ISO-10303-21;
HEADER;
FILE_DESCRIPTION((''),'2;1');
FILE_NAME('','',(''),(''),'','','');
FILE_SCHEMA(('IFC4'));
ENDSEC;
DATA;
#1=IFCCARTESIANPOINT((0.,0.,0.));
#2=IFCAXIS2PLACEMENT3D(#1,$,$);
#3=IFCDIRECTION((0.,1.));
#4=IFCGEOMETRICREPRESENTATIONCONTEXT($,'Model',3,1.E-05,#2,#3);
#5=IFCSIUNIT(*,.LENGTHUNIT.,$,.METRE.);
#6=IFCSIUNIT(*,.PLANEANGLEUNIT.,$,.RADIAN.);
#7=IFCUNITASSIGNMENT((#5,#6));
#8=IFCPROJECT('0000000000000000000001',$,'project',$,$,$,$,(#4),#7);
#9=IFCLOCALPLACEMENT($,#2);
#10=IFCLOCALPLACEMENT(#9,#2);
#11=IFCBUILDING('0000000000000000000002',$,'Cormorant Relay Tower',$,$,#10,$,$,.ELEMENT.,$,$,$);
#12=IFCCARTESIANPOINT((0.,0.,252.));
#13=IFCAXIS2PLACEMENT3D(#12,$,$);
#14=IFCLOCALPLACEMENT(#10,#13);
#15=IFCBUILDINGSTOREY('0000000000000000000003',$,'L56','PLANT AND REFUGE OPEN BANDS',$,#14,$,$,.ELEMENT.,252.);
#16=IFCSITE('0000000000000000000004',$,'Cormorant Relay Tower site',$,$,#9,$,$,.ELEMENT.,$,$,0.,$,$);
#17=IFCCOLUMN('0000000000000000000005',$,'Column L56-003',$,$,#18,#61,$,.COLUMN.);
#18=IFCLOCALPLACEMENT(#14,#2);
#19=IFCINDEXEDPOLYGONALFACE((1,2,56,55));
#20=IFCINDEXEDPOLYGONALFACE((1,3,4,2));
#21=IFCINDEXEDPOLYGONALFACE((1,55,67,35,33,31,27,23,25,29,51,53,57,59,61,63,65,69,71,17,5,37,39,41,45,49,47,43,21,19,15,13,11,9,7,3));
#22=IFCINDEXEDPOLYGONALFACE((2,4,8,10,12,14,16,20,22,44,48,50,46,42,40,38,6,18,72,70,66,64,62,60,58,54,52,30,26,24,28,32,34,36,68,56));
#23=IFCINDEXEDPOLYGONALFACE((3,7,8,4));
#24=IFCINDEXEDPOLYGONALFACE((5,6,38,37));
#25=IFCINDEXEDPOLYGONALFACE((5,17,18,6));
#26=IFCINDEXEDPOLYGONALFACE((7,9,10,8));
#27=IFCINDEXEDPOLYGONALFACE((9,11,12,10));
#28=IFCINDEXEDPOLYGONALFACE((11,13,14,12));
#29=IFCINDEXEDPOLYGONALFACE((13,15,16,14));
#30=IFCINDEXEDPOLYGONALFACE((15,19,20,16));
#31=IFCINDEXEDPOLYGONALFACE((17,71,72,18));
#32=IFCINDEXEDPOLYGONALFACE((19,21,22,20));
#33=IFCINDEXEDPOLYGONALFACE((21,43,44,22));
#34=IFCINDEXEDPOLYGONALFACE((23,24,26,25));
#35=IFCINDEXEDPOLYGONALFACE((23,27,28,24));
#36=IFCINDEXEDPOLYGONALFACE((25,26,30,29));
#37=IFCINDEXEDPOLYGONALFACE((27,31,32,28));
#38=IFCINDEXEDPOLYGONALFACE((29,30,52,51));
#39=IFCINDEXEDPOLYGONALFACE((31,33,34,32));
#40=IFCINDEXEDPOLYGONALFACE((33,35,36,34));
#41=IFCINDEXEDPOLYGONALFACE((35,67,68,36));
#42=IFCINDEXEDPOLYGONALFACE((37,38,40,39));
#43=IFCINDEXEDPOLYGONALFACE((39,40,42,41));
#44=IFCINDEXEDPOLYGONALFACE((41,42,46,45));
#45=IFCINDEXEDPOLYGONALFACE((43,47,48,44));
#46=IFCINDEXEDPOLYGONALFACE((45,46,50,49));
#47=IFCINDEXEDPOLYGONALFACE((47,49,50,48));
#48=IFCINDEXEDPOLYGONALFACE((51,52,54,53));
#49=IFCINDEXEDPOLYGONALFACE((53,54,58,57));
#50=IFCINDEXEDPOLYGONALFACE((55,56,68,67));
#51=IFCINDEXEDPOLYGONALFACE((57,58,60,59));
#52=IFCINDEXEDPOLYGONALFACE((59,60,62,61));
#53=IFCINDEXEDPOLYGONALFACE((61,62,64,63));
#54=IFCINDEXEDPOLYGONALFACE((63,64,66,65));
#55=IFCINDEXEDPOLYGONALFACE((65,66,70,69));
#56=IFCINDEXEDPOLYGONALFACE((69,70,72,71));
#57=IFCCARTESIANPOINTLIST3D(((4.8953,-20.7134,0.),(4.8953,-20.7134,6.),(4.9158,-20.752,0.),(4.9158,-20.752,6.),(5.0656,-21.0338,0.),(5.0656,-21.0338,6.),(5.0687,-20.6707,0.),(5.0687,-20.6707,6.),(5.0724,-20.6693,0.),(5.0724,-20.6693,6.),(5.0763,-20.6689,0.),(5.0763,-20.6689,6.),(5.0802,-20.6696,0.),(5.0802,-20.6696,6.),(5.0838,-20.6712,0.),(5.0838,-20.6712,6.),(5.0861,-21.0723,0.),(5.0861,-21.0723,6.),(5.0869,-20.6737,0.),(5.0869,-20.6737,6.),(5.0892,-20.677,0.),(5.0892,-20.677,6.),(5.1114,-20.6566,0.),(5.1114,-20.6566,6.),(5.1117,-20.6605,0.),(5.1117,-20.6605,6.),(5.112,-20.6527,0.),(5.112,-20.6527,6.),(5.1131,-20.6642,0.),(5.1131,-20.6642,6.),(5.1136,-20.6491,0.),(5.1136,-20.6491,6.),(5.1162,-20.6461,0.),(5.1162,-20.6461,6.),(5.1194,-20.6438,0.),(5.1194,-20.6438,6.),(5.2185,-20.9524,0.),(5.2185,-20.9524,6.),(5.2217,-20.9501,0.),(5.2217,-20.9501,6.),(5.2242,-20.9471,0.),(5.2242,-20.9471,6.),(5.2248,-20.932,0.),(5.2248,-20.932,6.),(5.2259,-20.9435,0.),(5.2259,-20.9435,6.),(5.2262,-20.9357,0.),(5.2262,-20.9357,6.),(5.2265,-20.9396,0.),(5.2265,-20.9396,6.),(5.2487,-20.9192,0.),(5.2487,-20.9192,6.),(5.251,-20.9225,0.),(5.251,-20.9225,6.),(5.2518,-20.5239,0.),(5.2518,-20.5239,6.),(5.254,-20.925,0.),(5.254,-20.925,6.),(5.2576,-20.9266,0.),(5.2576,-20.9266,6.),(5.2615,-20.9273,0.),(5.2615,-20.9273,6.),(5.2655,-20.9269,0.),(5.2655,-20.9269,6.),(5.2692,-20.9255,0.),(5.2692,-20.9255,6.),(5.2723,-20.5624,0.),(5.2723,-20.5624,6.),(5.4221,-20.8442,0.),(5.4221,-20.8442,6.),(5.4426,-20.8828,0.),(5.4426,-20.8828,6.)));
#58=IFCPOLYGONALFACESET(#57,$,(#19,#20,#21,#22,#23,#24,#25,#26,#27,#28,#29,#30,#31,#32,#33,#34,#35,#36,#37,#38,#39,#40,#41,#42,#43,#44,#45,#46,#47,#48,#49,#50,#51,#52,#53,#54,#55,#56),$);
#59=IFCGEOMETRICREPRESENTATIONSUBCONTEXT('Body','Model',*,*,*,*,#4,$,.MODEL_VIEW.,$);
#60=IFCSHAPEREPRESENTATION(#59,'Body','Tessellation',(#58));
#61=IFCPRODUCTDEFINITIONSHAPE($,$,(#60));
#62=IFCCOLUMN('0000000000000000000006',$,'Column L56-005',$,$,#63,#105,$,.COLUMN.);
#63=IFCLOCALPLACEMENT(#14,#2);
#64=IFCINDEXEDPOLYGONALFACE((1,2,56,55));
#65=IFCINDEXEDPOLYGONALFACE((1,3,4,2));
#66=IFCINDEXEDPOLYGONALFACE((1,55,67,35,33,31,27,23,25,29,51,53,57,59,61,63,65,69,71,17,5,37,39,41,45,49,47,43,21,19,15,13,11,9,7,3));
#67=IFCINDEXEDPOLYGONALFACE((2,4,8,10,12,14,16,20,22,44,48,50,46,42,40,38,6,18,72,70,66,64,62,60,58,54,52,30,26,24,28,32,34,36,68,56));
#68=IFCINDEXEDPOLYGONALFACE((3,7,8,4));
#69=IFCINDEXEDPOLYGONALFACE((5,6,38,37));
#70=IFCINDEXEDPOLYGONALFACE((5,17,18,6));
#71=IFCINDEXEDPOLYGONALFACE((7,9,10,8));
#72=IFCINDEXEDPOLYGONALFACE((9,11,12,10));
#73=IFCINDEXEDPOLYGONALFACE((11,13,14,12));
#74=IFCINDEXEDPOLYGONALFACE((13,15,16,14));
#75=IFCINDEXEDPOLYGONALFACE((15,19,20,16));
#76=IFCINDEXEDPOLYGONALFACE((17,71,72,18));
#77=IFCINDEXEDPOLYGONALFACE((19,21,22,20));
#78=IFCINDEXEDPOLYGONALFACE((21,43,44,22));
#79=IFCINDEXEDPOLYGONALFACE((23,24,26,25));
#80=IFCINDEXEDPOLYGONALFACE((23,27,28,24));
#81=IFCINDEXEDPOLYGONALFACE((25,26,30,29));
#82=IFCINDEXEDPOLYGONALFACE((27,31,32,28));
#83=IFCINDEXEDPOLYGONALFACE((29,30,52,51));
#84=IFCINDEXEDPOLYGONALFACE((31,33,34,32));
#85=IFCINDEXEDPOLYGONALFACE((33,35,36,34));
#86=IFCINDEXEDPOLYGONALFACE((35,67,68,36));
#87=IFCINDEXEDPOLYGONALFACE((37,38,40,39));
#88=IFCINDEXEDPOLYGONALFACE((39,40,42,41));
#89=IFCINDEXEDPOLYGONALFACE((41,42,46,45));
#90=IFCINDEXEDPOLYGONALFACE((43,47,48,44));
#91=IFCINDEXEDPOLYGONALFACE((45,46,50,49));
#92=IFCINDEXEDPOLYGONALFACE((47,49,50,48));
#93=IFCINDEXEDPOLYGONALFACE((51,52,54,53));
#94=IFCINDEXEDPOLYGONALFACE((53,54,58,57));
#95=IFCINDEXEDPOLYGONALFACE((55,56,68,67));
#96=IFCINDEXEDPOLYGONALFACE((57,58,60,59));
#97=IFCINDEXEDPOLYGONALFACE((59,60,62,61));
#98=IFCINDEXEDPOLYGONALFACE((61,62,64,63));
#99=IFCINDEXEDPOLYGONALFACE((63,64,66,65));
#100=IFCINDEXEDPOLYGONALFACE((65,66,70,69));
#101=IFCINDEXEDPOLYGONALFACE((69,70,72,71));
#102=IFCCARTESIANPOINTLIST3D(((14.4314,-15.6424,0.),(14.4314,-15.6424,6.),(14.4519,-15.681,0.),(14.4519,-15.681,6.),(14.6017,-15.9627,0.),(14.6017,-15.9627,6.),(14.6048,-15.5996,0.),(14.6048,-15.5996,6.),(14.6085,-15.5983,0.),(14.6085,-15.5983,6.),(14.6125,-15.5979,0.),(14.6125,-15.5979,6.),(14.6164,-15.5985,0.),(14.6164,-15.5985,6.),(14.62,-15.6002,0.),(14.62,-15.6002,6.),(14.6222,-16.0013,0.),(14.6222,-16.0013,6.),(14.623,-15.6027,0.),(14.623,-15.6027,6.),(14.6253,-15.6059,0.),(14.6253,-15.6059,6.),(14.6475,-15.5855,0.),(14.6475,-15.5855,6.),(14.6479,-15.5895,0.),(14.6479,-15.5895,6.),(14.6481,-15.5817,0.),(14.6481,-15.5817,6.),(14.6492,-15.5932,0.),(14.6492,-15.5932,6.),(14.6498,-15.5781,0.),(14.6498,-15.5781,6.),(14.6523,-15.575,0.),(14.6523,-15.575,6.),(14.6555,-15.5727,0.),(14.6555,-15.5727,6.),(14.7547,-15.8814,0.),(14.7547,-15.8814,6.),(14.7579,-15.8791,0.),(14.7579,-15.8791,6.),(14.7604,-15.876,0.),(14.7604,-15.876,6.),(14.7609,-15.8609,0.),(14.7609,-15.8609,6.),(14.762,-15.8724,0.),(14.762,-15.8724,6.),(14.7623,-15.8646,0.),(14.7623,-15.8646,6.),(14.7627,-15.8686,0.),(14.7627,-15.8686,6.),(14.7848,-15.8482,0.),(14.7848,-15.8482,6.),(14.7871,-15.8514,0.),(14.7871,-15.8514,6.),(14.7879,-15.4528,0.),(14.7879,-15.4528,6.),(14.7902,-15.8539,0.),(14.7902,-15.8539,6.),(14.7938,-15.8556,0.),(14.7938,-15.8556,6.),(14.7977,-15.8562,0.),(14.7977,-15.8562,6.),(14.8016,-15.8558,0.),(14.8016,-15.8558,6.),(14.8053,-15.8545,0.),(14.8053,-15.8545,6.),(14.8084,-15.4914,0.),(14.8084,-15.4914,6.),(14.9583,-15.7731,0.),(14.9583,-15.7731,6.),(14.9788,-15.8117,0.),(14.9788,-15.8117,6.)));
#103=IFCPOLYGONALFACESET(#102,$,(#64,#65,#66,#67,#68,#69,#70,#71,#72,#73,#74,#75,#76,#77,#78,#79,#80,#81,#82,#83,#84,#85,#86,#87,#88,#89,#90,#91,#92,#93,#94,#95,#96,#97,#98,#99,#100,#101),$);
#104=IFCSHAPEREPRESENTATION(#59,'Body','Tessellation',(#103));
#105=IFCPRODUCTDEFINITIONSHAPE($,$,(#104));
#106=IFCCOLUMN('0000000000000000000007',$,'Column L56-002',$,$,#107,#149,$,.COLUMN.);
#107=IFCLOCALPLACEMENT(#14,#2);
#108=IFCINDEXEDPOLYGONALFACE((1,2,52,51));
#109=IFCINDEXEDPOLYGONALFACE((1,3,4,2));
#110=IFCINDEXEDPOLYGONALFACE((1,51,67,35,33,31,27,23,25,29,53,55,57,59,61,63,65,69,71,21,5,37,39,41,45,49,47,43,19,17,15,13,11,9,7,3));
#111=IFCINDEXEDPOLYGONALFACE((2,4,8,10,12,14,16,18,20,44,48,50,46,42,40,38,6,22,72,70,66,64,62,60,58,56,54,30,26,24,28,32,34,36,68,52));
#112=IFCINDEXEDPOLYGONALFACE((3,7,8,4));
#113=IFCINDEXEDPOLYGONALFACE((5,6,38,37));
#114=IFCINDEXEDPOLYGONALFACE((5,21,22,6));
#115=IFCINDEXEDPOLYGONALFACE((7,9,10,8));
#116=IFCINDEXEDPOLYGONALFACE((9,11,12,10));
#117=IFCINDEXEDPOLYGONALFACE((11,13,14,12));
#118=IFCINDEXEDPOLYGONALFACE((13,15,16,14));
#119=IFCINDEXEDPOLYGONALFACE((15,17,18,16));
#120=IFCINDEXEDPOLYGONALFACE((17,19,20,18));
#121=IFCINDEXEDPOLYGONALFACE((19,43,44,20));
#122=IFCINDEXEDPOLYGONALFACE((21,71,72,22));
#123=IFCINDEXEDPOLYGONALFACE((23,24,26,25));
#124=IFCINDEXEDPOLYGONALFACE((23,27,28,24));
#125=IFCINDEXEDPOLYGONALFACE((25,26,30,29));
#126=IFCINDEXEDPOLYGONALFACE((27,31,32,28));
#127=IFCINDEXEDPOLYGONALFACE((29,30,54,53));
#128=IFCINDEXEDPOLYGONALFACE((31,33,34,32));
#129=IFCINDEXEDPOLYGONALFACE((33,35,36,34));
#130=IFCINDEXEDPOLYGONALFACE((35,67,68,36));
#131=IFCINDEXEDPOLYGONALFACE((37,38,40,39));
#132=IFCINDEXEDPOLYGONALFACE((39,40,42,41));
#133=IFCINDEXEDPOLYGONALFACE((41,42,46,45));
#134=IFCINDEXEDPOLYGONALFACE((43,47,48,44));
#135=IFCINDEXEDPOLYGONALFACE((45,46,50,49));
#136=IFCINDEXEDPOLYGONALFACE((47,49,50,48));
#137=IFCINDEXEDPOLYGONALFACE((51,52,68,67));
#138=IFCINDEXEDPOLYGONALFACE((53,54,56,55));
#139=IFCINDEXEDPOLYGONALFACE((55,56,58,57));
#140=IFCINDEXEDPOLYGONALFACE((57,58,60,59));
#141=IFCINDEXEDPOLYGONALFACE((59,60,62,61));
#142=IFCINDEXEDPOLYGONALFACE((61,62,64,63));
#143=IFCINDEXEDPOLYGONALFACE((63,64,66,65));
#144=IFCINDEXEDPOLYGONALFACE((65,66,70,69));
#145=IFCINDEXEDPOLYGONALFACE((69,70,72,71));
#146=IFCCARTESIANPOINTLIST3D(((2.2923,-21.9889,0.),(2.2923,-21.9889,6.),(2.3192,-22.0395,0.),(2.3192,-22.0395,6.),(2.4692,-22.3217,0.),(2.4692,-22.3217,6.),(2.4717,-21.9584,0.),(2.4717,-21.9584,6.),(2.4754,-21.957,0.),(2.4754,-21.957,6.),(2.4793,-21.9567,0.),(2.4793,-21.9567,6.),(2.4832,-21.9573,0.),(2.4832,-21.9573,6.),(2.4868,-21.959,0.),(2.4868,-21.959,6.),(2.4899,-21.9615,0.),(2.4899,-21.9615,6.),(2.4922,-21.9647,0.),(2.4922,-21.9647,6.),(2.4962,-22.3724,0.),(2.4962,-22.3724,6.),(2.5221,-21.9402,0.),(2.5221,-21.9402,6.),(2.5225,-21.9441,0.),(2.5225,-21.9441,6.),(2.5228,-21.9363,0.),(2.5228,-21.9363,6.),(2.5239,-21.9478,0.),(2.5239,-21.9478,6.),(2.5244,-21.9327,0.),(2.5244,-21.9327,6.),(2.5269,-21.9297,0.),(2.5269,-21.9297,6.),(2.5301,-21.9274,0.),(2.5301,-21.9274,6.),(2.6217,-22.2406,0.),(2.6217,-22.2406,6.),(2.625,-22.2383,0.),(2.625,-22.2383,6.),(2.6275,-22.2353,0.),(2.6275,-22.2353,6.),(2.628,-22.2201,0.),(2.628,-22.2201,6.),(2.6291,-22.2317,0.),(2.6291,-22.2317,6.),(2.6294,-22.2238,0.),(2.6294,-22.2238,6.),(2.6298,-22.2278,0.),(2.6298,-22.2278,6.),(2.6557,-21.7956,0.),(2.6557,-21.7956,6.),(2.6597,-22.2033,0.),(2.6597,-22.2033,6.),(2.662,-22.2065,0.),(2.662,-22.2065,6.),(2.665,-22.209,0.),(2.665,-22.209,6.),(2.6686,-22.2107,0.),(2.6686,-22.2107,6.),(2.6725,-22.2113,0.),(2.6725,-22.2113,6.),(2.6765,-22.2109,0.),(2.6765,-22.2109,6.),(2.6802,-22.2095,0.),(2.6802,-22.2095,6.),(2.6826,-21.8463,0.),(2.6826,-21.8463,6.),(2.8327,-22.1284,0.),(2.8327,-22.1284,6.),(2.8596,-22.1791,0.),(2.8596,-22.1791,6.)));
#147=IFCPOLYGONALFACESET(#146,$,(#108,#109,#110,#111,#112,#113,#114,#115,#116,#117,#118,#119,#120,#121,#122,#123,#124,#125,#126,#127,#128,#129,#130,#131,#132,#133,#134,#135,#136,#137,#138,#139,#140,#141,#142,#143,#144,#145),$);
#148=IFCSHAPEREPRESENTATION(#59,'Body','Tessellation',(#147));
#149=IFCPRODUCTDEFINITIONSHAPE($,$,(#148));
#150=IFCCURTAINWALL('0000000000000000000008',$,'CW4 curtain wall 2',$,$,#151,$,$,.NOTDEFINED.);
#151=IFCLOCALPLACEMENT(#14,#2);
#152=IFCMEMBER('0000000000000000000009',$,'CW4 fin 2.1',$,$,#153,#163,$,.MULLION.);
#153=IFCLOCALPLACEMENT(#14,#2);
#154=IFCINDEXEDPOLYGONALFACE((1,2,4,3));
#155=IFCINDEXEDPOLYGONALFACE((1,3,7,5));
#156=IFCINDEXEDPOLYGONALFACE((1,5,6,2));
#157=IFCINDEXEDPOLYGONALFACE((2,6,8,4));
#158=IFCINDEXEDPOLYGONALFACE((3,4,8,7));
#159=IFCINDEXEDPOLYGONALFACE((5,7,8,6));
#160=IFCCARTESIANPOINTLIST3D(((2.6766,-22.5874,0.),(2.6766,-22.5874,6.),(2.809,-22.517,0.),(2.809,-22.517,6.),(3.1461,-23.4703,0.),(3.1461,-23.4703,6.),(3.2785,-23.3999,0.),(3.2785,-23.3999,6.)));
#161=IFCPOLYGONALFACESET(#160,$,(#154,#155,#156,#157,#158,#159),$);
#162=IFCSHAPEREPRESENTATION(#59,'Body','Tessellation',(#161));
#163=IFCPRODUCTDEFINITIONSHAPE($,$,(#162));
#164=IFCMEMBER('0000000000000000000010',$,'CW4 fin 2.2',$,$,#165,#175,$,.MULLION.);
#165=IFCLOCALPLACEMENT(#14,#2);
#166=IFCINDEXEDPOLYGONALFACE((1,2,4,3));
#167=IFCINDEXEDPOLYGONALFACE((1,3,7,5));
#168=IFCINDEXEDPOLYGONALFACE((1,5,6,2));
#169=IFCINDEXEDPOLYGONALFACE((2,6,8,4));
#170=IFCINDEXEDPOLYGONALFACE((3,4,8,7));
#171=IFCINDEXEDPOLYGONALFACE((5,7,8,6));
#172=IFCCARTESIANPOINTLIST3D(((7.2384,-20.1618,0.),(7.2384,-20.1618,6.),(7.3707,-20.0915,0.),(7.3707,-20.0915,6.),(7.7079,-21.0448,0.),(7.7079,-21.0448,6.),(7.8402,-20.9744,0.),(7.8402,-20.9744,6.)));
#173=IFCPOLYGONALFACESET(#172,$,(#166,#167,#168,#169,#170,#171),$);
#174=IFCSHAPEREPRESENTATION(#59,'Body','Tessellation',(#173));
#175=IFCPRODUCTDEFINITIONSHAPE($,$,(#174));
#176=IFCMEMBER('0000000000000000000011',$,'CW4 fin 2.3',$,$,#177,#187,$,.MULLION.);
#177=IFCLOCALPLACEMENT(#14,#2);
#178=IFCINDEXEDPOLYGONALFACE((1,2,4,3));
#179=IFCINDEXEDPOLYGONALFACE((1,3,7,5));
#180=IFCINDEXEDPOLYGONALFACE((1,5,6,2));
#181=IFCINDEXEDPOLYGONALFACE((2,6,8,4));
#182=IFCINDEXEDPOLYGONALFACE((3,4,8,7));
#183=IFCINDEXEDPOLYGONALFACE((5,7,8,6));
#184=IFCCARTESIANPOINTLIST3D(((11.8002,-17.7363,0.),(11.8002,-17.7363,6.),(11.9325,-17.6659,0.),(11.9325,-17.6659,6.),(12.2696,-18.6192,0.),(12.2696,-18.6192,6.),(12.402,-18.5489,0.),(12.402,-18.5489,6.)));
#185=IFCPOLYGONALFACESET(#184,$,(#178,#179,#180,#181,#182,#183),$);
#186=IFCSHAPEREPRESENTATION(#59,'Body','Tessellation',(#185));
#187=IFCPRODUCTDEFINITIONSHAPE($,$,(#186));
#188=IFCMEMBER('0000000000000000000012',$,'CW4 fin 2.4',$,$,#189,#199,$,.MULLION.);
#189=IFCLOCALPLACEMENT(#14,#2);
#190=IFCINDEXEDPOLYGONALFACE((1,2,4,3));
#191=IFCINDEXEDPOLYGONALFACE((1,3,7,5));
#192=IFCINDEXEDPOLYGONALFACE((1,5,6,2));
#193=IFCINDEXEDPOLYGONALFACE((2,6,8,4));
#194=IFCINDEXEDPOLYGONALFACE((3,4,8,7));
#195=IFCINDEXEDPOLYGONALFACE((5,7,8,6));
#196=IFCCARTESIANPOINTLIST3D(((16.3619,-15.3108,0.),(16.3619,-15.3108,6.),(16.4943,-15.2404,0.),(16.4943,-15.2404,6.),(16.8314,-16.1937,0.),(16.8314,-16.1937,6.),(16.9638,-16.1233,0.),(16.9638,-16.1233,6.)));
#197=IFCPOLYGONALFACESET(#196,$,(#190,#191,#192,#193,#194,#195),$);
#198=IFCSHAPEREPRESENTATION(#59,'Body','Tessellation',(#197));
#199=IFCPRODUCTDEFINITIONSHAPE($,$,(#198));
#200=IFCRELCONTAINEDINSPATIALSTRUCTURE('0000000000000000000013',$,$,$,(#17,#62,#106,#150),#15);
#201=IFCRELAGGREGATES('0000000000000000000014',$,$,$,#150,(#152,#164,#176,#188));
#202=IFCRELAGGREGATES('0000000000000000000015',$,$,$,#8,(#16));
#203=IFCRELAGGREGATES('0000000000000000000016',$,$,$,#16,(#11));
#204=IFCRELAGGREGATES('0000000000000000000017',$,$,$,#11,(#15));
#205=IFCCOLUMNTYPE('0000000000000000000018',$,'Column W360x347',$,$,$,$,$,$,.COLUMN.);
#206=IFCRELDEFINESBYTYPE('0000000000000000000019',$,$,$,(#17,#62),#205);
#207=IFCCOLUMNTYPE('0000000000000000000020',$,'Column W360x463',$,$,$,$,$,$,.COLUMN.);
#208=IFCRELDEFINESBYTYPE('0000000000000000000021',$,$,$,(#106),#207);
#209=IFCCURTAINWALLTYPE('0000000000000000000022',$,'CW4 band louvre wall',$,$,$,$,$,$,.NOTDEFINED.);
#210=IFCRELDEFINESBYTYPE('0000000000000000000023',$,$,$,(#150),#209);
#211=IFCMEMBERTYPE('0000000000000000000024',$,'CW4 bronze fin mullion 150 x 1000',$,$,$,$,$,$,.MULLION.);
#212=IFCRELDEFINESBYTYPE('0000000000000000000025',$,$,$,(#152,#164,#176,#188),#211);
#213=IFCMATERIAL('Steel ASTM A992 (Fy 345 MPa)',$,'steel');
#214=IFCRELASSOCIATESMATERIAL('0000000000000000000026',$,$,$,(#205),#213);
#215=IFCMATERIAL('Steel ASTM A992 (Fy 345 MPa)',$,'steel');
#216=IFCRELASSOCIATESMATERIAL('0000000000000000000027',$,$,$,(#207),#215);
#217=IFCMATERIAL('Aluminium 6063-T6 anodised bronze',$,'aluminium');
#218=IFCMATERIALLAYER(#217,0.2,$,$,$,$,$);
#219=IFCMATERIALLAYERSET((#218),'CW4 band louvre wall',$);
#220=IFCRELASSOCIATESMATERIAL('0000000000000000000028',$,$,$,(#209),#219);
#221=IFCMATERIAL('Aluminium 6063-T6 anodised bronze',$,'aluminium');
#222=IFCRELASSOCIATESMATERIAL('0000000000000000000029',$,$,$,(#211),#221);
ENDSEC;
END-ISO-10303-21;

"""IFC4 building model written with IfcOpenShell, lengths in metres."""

from ifc_helpers import new_model, si_unit, direction, frame, origin, origin_2d, place, context, subcontext, project, spatial, rectangle, i_section, extrude, material, layer, layer_set, material_profile, profile_set, type_object, element, aggregate, save


model = new_model("IFC4")

# Units and contexts
model_context = context("Model", 3, precision=1e-05, world=origin(), true_north=direction((0.0, 1.0)))
body_context = subcontext(model_context, "Body", "Model", "MODEL_VIEW")
ifc_project = project(units=[si_unit("LENGTHUNIT", "METRE"), si_unit("PLANEANGLEUNIT", "RADIAN")], contexts=[model_context])

# Site, building, storey
site_placement = place(None, origin())
site = spatial("IfcSite", under=ifc_project, at=site_placement, Name="Cormorant Relay Tower site", CompositionType="ELEMENT", RefElevation=0.0)
building_placement = place(site_placement, origin())
building = spatial("IfcBuilding", under=site, at=building_placement, Name="Cormorant Relay Tower", CompositionType="ELEMENT")
storey_placement = place(building_placement, frame((0.0, 0.0, 252.0)))
storey = spatial("IfcBuildingStorey", under=building, at=storey_placement, Name="L56", Description="PLANT AND REFUGE OPEN BANDS", CompositionType="ELEMENT", Elevation=252.0)

# Columns
ifc_material_1 = material(Name="Steel ASTM A992 (Fy 345 MPa)", Category="steel")
ifc_material_profile_1 = material_profile(ifc_material_1, i_section(OverallWidth=0.4038, OverallDepth=0.4065, WebThickness=0.0271, FlangeThickness=0.0437, FilletRadius=0.0151, at=origin_2d()), Name="W360x347")
ifc_profile_set_1 = profile_set([ifc_material_profile_1], Name="Steel ASTM A992 (Fy 345 MPa)")
column_type_1 = type_object("IfcColumnType", Name="Column W360x347", PredefinedType="COLUMN", material=ifc_profile_set_1)
for number, where, z_axis, x_axis, name in (
    (1, (5.1689, -20.7981, 0.0), (0.0, 0.0, 1.0), (0.882948, 0.469472, 0.0), "Column L56-003"),
    (2, (14.7051, -15.7271, 0.0), (0.0, 0.0, 1.0), (0.882948, 0.469472, 0.0), "Column L56-005"),
):
    element("IfcColumn", number, at=place(storey_placement, frame(where, z_axis=z_axis, x_axis=x_axis)), inside=storey, type_object=column_type_1, Name=name, PredefinedType="COLUMN", context=body_context, shape_type="SweptSolid", body=[
        extrude(i_section(OverallWidth=0.4038, OverallDepth=0.4065, WebThickness=0.0271, FlangeThickness=0.0437, FilletRadius=0.0151, at=origin_2d()), origin(), (0.0, 0.0, 1.0), 6.0),
    ])
ifc_material_2 = material(Name="Steel ASTM A992 (Fy 345 MPa)", Category="steel")
ifc_material_profile_2 = material_profile(ifc_material_2, i_section(OverallWidth=0.4116, OverallDepth=0.4343, WebThickness=0.0359, FlangeThickness=0.0574, FilletRadius=0.0151, at=origin_2d()), Name="W360x463")
ifc_profile_set_2 = profile_set([ifc_material_profile_2], Name="Steel ASTM A992 (Fy 345 MPa)")
column_type_2 = type_object("IfcColumnType", Name="Column W360x463", PredefinedType="COLUMN", material=ifc_profile_set_2)
column_placement = place(storey_placement, frame((2.5759, -22.084, 0.0), z_axis=(0.0, 0.0, 1.0), x_axis=(0.882948, 0.469472, 0.0)))
element("IfcColumn", 3, at=column_placement, inside=storey, type_object=column_type_2, Name="Column L56-002", PredefinedType="COLUMN", context=body_context, shape_type="SweptSolid", body=[
    extrude(i_section(OverallWidth=0.4116, OverallDepth=0.4343, WebThickness=0.0359, FlangeThickness=0.0574, FilletRadius=0.0151, at=origin_2d()), origin(), (0.0, 0.0, 1.0), 6.0),
])

# Curtain wall, members
ifc_material_3 = material(Name="Aluminium 6063-T6 anodised bronze", Category="aluminium")
ifc_layer_1 = layer(ifc_material_3, 0.2)
ifc_layer_set_1 = layer_set([ifc_layer_1], Name="CW4 band louvre wall")
curtain_wall_type = type_object("IfcCurtainWallType", Name="CW4 band louvre wall", PredefinedType="NOTDEFINED", material=ifc_layer_set_1)
curtain_wall_1_placement = place(storey_placement, origin())
curtain_wall_1 = element("IfcCurtainWall", 4, at=curtain_wall_1_placement, inside=storey, type_object=curtain_wall_type, Name="CW4 curtain wall 2", PredefinedType="NOTDEFINED")
ifc_material_4 = material(Name="Aluminium 6063-T6 anodised bronze", Category="aluminium")
ifc_material_profile_3 = material_profile(ifc_material_4, rectangle(XDim=0.1499, YDim=1.0, at=origin_2d()), Name="AL 150x1000")
ifc_profile_set_3 = profile_set([ifc_material_profile_3], Name="Aluminium 6063-T6 anodised bronze")
member_type_1 = type_object("IfcMemberType", Name="CW4 bronze fin mullion 150 x 1000", PredefinedType="MULLION", material=ifc_profile_set_3)
member_1_placement = place(storey_placement, frame((2.9775, -22.9937, 0.0), z_axis=(0.0, 0.0, 1.0), x_axis=(0.882948, 0.469472, 0.0)))
member_1 = element("IfcMember", 5, at=member_1_placement, type_object=member_type_1, Name="CW4 fin 2.1", PredefinedType="MULLION", context=body_context, shape_type="SweptSolid", body=[
    extrude(rectangle(XDim=0.1499, YDim=1.0, at=origin_2d()), origin(), (0.0, 0.0, 1.0), 6.0),
])
member_2_placement = place(storey_placement, frame((7.5393, -20.5681, 0.0), z_axis=(0.0, 0.0, 1.0), x_axis=(0.882948, 0.469472, 0.0)))
member_2 = element("IfcMember", 6, at=member_2_placement, type_object=member_type_1, Name="CW4 fin 2.2", PredefinedType="MULLION", context=body_context, shape_type="SweptSolid", body=[
    extrude(rectangle(XDim=0.1499, YDim=1.0, at=origin_2d()), origin(), (0.0, 0.0, 1.0), 6.0),
])
member_3_placement = place(storey_placement, frame((12.1011, -18.1426, 0.0), z_axis=(0.0, 0.0, 1.0), x_axis=(0.882948, 0.469472, 0.0)))
member_3 = element("IfcMember", 7, at=member_3_placement, type_object=member_type_1, Name="CW4 fin 2.3", PredefinedType="MULLION", context=body_context, shape_type="SweptSolid", body=[
    extrude(rectangle(XDim=0.1499, YDim=1.0, at=origin_2d()), origin(), (0.0, 0.0, 1.0), 6.0),
])
member_4_placement = place(storey_placement, frame((16.6628, -15.717, 0.0), z_axis=(0.0, 0.0, 1.0), x_axis=(0.882948, 0.469472, 0.0)))
member_4 = element("IfcMember", 8, at=member_4_placement, type_object=member_type_1, Name="CW4 fin 2.4", PredefinedType="MULLION", context=body_context, shape_type="SweptSolid", body=[
    extrude(rectangle(XDim=0.1499, YDim=1.0, at=origin_2d()), origin(), (0.0, 0.0, 1.0), 6.0),
])

aggregate(curtain_wall_1, [member_1, member_2, member_3, member_4])

save(model, "model.ifc")
